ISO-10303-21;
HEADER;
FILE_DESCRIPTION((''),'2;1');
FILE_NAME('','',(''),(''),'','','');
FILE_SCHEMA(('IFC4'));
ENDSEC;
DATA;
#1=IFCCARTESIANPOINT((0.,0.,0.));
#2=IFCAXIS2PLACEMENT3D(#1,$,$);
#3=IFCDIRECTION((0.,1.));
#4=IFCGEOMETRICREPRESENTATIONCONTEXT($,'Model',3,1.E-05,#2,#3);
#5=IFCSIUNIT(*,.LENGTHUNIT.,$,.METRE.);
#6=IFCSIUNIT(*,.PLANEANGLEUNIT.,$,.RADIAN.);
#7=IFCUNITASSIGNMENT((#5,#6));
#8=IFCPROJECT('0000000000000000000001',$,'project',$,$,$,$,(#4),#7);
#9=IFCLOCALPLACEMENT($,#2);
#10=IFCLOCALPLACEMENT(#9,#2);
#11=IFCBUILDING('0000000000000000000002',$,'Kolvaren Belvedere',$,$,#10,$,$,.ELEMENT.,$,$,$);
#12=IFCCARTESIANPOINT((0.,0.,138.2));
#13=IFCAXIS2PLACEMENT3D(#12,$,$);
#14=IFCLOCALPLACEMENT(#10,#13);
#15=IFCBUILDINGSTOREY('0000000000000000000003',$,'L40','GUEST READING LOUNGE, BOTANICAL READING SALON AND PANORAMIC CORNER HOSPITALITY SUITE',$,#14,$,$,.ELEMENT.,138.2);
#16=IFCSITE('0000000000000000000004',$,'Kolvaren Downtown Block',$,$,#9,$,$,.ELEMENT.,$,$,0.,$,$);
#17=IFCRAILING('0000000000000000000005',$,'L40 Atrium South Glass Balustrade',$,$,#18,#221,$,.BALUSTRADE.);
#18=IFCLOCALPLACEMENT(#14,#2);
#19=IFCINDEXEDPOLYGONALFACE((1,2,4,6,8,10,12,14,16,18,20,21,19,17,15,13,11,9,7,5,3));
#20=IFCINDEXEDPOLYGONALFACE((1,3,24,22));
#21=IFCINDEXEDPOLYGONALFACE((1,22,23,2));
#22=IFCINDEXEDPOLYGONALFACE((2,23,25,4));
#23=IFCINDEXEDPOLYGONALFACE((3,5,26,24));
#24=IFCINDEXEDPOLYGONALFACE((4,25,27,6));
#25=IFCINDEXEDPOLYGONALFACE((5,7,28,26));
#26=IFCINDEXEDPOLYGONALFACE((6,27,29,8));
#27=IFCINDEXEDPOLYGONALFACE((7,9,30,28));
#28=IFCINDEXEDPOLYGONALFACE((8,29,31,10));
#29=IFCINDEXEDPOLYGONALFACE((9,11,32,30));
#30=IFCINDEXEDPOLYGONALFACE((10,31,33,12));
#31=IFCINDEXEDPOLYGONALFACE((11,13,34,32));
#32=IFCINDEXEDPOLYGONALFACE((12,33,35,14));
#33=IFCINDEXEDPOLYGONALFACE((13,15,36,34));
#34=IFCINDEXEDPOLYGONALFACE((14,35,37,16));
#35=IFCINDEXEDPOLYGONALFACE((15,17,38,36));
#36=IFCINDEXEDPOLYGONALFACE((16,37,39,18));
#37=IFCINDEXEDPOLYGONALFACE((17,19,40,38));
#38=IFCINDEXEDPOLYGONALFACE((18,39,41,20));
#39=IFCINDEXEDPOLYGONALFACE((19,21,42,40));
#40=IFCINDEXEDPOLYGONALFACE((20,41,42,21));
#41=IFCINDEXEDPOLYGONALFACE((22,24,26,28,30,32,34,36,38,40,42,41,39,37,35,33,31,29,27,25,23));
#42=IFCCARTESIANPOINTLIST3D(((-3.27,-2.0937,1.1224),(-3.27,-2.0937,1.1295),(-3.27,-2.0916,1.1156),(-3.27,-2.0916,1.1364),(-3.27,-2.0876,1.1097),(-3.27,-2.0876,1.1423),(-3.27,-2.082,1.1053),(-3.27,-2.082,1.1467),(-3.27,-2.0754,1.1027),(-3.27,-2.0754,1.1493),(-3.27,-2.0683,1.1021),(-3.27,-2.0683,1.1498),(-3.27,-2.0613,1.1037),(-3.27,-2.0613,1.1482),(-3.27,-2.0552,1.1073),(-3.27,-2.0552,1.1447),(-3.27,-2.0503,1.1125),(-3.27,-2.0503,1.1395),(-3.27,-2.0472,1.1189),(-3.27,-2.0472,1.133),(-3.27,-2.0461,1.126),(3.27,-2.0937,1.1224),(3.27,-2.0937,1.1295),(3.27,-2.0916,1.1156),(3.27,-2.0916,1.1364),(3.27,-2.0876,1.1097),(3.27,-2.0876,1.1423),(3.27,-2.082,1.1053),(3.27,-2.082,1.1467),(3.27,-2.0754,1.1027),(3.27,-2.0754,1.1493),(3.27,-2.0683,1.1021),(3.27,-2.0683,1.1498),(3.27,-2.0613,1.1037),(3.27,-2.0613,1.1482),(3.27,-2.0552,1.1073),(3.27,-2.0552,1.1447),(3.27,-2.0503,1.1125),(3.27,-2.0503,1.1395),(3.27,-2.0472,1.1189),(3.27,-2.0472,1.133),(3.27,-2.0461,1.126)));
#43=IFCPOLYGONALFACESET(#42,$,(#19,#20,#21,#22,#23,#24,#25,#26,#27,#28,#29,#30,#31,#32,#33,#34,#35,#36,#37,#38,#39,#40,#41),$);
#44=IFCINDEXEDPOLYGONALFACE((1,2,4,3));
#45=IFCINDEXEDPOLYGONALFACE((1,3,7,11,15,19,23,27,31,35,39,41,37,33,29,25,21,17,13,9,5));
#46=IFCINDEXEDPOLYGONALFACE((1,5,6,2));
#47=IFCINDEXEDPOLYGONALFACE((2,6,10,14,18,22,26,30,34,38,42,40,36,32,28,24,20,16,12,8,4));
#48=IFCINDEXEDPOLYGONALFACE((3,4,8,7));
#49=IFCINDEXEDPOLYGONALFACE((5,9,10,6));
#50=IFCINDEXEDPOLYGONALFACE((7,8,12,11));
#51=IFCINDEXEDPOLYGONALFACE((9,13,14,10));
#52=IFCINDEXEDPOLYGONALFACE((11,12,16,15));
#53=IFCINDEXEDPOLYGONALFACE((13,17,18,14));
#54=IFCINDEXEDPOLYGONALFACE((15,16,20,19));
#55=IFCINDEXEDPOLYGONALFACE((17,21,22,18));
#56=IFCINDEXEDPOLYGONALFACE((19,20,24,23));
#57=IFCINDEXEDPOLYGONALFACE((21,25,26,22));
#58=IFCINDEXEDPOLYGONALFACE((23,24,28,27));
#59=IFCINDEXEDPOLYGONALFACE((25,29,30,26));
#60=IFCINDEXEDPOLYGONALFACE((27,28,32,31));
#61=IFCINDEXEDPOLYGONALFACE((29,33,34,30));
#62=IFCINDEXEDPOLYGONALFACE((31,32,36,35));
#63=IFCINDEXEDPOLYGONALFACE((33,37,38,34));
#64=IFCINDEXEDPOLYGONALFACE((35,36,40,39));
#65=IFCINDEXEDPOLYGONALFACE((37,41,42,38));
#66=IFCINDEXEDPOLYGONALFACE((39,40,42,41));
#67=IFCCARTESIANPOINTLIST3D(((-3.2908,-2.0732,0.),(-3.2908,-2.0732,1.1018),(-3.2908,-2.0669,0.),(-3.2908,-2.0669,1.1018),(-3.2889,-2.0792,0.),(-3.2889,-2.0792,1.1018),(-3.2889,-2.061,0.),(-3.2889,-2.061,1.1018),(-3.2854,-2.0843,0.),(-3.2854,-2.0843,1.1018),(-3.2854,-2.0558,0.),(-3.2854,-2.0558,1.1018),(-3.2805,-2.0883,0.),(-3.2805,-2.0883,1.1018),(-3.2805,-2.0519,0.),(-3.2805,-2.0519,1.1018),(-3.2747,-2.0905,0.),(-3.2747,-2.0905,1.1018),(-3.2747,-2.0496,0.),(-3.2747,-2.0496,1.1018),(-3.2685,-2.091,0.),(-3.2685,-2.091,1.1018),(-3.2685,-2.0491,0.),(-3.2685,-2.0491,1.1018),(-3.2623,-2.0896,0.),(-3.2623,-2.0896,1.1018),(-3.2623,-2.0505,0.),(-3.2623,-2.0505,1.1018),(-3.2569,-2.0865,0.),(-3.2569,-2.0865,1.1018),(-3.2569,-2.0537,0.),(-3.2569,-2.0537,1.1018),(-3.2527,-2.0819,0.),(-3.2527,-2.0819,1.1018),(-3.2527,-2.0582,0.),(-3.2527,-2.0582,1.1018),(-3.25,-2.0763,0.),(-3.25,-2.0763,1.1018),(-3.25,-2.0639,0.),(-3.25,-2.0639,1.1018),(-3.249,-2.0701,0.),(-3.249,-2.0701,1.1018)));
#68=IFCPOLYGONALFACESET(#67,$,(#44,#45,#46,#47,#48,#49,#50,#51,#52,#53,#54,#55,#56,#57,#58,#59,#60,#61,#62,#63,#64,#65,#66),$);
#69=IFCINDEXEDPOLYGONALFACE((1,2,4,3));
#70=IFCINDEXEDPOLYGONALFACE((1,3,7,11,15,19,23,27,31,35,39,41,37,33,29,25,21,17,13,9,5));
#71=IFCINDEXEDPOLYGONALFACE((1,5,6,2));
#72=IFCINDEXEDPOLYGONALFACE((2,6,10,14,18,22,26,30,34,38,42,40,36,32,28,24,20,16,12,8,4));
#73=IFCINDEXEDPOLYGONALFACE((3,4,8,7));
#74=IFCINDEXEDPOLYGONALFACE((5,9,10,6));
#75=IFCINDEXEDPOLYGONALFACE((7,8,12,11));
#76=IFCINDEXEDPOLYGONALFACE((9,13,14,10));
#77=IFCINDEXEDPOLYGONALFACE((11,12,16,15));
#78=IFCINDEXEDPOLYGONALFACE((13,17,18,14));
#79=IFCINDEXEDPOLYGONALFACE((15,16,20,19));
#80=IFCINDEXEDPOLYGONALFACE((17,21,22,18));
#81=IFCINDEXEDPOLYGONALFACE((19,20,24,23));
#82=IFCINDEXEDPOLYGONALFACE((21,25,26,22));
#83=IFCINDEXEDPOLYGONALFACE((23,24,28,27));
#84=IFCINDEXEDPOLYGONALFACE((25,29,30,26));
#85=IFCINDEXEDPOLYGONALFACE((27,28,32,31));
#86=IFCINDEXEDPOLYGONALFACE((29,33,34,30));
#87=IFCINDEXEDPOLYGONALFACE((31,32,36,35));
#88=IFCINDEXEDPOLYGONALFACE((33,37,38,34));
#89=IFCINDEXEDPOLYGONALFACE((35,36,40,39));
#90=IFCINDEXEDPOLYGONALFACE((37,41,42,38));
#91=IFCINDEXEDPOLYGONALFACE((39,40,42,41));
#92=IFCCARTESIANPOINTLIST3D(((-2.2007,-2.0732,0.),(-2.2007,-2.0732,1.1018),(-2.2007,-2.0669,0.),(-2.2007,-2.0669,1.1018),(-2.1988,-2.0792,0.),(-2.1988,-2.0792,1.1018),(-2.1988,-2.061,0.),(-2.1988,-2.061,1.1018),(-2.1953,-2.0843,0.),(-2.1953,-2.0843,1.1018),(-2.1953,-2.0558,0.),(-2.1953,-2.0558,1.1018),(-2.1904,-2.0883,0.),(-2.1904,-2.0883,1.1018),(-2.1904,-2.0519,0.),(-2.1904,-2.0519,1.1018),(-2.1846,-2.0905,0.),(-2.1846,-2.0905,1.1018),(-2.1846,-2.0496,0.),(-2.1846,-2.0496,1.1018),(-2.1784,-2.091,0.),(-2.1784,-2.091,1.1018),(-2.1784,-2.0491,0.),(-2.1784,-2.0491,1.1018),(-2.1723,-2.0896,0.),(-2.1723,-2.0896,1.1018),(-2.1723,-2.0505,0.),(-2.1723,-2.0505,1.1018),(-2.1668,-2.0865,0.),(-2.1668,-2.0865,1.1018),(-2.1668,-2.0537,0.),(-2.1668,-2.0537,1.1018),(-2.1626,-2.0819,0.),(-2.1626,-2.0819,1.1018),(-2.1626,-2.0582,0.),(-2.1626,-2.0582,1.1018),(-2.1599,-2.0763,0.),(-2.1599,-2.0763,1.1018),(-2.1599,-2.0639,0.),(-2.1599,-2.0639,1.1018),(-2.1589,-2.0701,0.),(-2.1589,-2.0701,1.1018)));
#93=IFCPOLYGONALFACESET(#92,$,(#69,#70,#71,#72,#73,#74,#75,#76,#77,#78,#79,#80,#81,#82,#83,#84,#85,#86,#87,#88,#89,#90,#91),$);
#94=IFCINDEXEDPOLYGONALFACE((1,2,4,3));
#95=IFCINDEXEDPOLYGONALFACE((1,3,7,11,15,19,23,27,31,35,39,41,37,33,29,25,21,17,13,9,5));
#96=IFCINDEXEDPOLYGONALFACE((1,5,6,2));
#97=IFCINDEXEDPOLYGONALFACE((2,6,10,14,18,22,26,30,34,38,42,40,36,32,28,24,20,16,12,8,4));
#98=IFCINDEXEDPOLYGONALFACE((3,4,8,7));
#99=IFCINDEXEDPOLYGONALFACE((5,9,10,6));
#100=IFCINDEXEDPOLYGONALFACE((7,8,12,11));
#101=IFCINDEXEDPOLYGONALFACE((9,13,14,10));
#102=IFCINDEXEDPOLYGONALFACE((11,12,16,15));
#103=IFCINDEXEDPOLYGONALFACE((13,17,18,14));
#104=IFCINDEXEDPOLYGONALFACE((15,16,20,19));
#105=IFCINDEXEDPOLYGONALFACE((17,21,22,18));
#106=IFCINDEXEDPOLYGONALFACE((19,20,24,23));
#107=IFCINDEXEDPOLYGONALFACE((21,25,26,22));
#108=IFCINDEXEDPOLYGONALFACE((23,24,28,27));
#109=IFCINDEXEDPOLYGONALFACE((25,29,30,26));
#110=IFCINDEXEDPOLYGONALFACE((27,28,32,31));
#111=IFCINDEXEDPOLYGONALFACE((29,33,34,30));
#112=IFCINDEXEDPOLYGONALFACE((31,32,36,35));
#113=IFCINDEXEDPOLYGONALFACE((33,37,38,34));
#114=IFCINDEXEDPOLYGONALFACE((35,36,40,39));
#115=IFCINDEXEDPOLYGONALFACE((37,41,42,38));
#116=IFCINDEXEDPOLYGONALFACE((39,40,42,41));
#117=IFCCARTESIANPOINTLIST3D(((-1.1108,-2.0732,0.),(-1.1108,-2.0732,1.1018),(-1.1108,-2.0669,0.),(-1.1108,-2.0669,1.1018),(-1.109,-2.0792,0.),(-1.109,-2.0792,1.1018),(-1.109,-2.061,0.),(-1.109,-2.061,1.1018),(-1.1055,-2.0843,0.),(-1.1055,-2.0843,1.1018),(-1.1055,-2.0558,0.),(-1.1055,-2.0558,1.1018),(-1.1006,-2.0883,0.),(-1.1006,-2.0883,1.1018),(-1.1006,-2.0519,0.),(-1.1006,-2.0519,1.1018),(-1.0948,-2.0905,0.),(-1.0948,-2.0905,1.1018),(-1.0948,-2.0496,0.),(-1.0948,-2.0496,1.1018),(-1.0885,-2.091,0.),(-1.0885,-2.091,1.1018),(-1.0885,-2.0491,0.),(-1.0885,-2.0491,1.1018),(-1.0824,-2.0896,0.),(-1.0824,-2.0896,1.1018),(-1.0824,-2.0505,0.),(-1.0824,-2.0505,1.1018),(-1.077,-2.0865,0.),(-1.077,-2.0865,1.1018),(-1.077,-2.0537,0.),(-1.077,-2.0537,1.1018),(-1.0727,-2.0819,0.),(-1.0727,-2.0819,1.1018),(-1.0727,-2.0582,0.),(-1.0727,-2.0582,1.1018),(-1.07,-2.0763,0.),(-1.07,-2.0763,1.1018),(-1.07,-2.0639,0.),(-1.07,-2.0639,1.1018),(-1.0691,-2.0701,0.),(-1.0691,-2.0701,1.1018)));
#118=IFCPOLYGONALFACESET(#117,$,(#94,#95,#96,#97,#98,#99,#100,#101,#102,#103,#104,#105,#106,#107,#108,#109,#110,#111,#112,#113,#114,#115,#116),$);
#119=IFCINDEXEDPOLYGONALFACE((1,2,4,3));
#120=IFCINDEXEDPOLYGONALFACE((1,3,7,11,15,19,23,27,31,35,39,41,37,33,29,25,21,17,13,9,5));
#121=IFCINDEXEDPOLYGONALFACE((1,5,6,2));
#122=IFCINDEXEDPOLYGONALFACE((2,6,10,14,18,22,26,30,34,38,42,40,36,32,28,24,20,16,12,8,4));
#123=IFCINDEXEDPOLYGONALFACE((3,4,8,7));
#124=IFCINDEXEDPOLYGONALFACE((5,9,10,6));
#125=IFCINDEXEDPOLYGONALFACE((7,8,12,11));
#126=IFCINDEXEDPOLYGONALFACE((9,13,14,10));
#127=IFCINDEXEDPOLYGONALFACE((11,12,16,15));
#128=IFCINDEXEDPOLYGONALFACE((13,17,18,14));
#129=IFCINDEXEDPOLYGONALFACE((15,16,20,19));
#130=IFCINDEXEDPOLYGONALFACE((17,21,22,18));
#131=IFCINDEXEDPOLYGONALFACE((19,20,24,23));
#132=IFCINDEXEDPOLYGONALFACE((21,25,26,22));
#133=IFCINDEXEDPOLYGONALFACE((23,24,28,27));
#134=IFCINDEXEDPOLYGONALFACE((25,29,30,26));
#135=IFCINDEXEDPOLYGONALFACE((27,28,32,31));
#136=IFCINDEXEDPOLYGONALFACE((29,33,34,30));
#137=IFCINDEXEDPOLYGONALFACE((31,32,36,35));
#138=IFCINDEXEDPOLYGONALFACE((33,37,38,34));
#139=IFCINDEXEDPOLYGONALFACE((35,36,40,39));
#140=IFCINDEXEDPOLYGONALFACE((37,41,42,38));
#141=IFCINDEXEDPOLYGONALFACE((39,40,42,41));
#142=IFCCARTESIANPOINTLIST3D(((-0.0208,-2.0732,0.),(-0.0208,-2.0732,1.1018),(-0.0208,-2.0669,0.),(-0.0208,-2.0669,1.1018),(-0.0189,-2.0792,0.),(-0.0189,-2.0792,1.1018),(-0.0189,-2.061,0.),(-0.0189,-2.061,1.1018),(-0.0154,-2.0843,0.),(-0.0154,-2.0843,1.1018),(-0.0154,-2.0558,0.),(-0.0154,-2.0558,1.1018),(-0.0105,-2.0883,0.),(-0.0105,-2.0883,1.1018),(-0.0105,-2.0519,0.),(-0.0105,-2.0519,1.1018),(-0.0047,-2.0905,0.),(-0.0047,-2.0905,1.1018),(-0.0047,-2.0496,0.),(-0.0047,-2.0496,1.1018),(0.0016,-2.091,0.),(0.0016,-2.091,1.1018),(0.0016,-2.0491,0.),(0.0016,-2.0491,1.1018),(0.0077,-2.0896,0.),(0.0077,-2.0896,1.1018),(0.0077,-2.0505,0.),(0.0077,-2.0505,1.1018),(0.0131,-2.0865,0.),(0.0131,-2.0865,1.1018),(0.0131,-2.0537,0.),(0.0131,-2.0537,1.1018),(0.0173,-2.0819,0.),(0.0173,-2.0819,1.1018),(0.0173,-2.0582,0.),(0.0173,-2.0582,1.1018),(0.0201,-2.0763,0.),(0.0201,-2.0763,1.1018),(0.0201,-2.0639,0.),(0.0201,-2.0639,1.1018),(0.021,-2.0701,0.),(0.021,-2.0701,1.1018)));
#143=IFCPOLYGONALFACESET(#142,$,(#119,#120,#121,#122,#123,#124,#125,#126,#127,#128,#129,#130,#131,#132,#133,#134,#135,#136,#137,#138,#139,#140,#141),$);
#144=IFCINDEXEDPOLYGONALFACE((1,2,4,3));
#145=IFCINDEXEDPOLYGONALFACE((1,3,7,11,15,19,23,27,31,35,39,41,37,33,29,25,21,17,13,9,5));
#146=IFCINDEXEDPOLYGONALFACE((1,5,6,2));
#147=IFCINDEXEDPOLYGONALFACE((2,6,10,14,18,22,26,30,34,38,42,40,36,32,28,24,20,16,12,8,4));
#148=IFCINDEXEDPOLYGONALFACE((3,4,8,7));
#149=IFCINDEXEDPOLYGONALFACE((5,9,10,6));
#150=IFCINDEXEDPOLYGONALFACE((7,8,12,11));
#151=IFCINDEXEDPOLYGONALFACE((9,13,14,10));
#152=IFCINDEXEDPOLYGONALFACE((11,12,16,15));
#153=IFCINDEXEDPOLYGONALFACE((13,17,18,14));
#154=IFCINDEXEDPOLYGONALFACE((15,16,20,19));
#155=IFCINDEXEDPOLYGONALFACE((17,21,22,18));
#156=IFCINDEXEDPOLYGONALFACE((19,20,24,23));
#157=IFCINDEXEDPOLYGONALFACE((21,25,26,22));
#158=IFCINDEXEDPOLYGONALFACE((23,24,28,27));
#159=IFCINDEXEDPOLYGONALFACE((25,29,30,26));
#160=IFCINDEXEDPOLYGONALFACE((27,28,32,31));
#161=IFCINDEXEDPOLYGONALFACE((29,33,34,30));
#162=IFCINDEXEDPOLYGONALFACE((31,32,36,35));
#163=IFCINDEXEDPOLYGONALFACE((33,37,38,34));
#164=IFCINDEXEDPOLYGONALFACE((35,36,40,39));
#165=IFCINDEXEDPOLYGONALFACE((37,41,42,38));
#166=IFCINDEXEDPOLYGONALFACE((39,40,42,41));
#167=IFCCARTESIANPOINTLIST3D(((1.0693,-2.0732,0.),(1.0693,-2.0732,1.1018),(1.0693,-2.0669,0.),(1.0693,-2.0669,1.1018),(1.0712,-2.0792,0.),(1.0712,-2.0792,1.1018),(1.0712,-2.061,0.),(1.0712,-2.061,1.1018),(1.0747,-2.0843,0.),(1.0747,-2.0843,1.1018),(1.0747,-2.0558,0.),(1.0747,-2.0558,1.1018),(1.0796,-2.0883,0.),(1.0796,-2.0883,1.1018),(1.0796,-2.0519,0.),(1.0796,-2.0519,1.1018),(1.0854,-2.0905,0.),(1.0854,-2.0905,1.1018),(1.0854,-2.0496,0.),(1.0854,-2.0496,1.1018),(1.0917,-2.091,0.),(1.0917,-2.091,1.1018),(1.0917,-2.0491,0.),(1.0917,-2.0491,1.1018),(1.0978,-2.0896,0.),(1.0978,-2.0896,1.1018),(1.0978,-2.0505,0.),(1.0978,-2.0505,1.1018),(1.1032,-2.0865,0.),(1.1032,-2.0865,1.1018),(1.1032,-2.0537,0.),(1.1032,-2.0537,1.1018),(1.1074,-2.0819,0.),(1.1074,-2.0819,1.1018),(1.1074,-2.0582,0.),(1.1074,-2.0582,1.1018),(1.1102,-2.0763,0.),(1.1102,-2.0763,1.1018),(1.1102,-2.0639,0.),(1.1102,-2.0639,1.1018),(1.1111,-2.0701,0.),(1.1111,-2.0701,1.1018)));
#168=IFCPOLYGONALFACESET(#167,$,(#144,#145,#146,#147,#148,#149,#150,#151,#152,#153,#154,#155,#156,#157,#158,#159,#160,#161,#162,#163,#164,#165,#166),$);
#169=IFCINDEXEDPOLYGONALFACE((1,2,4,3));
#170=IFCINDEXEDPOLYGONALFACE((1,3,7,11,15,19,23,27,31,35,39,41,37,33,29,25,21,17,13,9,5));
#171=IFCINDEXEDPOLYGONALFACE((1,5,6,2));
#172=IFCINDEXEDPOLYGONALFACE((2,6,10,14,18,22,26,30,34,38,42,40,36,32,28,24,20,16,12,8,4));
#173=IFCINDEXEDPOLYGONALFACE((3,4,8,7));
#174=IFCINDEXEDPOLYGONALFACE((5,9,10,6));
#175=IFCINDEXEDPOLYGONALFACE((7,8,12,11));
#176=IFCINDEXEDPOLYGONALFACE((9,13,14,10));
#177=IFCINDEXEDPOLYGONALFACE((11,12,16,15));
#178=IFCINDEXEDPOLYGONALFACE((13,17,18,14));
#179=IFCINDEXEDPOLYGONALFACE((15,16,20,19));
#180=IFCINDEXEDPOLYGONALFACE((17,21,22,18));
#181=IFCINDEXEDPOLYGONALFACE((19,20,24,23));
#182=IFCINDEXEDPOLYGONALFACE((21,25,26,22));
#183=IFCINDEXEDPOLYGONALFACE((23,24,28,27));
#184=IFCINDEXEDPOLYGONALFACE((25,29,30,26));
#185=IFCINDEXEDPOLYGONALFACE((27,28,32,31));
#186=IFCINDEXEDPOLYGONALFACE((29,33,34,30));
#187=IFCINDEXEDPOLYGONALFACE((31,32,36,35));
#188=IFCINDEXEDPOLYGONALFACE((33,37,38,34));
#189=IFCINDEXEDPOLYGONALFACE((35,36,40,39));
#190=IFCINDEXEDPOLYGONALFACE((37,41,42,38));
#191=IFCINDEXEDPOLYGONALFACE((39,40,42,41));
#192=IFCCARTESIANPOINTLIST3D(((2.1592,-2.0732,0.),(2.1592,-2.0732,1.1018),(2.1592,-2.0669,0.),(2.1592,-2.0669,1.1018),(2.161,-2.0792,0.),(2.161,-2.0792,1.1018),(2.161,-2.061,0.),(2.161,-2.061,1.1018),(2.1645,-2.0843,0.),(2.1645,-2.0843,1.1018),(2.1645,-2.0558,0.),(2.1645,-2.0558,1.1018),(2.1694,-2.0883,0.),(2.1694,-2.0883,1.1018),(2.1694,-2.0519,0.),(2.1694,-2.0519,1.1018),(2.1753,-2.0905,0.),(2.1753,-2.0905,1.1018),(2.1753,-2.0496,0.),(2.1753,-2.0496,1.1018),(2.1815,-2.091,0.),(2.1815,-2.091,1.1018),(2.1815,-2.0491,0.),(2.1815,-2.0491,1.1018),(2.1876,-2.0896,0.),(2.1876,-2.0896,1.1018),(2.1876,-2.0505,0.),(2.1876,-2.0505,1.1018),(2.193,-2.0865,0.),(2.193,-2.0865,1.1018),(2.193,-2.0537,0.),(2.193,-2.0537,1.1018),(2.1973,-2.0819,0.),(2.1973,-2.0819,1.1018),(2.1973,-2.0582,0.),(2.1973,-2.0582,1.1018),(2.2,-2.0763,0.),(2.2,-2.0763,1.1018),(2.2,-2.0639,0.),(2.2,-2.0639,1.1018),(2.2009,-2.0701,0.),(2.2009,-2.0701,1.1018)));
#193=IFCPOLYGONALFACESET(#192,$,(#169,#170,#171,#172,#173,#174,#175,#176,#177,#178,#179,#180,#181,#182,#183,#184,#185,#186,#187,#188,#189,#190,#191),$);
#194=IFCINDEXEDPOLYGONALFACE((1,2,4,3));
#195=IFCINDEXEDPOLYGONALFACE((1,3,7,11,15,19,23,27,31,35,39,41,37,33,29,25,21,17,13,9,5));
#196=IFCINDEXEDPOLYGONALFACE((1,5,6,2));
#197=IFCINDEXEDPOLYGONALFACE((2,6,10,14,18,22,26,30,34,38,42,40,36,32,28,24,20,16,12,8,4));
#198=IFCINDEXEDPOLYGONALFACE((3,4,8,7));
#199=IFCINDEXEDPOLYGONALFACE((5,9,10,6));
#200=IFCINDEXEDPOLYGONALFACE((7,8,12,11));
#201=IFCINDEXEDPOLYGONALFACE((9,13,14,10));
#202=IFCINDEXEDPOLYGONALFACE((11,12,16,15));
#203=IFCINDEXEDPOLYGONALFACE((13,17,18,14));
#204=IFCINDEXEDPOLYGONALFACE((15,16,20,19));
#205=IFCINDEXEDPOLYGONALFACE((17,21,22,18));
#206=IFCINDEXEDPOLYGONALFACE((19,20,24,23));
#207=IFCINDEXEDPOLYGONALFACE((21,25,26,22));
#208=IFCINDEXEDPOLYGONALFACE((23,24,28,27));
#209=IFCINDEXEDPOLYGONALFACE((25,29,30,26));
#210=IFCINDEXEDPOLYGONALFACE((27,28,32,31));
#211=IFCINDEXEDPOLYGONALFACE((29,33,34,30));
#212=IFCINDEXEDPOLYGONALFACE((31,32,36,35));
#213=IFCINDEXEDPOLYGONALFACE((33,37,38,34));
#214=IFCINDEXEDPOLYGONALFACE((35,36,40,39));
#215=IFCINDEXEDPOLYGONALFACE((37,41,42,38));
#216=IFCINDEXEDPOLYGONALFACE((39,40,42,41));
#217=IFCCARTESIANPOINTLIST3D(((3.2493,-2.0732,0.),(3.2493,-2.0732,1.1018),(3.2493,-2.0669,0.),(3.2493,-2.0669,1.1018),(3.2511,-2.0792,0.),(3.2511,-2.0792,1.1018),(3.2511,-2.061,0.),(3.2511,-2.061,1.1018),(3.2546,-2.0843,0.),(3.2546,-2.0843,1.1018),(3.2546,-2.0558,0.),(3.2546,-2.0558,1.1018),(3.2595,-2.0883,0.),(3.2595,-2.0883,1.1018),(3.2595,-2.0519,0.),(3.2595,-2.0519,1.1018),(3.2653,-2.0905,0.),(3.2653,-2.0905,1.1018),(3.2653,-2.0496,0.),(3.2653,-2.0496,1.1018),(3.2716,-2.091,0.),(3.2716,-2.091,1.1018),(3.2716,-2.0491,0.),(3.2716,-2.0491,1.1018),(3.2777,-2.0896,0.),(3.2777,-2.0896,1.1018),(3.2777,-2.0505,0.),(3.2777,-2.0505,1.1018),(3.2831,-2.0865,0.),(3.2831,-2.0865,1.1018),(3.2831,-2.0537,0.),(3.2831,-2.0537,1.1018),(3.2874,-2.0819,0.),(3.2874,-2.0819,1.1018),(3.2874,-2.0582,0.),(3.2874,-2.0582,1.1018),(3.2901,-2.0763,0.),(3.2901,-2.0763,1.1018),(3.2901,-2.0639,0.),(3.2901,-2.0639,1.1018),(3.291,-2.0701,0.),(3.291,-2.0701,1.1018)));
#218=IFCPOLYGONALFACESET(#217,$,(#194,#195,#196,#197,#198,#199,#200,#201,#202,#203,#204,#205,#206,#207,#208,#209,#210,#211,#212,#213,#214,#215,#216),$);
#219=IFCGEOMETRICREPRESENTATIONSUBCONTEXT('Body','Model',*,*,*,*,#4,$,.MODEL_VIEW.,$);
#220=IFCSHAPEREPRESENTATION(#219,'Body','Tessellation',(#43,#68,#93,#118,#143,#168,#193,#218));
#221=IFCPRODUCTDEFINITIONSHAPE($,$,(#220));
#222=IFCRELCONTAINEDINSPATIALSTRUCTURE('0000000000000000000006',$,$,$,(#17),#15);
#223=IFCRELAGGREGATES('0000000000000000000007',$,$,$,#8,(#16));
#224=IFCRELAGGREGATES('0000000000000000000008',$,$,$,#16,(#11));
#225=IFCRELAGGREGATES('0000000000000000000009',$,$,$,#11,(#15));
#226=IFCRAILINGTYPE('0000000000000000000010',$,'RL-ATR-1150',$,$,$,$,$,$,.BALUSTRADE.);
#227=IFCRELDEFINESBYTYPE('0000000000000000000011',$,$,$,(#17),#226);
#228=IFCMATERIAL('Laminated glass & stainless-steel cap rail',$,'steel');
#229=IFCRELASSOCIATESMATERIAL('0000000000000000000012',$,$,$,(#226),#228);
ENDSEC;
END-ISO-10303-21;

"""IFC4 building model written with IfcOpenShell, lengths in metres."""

from ifc_helpers import new_model, si_unit, direction, frame, origin, origin_2d, place, context, subcontext, project, spatial, circle, extrude, material, type_object, element, save


model = new_model("IFC4")

# Units and contexts
model_context = context("Model", 3, precision=1e-05, world=origin(), true_north=direction((0.0, 1.0)))
body_context = subcontext(model_context, "Body", "Model", "MODEL_VIEW")
ifc_project = project(units=[si_unit("LENGTHUNIT", "METRE"), si_unit("PLANEANGLEUNIT", "RADIAN")], contexts=[model_context])

# Site, building, storey
site_placement = place(None, origin())
site = spatial("IfcSite", under=ifc_project, at=site_placement, Name="Kolvaren Downtown Block", CompositionType="ELEMENT", RefElevation=0.0)
building_placement = place(site_placement, origin())
building = spatial("IfcBuilding", under=site, at=building_placement, Name="Kolvaren Belvedere", CompositionType="ELEMENT")
storey_placement = place(building_placement, frame((0.0, 0.0, 138.2)))
storey = spatial("IfcBuildingStorey", under=building, at=storey_placement, Name="L40", Description="GUEST READING LOUNGE, BOTANICAL READING SALON AND PANORAMIC CORNER HOSPITALITY SUITE", CompositionType="ELEMENT", Elevation=138.2)

# Railing
ifc_material_1 = material(Name="Laminated glass & stainless-steel cap rail", Category="steel")
railing_type_1 = type_object("IfcRailingType", Name="RL-ATR-1150", PredefinedType="BALUSTRADE", material=ifc_material_1)
railing_1_placement = place(storey_placement, frame((-3.27, -2.0701, 0.0)))
element("IfcRailing", 1, at=railing_1_placement, inside=storey, type_object=railing_type_1, Name="L40 Atrium South Glass Balustrade", PredefinedType="BALUSTRADE", context=body_context, shape_type="SweptSolid", body=[
    extrude(circle(Radius=0.0239, at=origin_2d()), frame((0.0, 0.0, 1.126), z_axis=(1.0, 0.0, 0.0), x_axis=(0.0, 1.0, 0.0)), (0.0, 0.0, 1.0), 6.54),
    extrude(circle(Radius=0.021, at=origin_2d()), origin(), (0.0, 0.0, 1.0), 1.1018),
    extrude(circle(Radius=0.021, at=origin_2d()), frame((1.0901, 0.0, 0.0)), (0.0, 0.0, 1.0), 1.1018),
    extrude(circle(Radius=0.021, at=origin_2d()), frame((2.1799, 0.0, 0.0)), (0.0, 0.0, 1.0), 1.1018),
    extrude(circle(Radius=0.021, at=origin_2d()), frame((3.27, 0.0, 0.0)), (0.0, 0.0, 1.0), 1.1018),
    extrude(circle(Radius=0.021, at=origin_2d()), frame((4.3601, 0.0, 0.0)), (0.0, 0.0, 1.0), 1.1018),
    extrude(circle(Radius=0.021, at=origin_2d()), frame((5.45, 0.0, 0.0)), (0.0, 0.0, 1.0), 1.1018),
    extrude(circle(Radius=0.021, at=origin_2d()), frame((6.54, 0.0, 0.0)), (0.0, 0.0, 1.0), 1.1018),
])

save(model, "model.ifc")
